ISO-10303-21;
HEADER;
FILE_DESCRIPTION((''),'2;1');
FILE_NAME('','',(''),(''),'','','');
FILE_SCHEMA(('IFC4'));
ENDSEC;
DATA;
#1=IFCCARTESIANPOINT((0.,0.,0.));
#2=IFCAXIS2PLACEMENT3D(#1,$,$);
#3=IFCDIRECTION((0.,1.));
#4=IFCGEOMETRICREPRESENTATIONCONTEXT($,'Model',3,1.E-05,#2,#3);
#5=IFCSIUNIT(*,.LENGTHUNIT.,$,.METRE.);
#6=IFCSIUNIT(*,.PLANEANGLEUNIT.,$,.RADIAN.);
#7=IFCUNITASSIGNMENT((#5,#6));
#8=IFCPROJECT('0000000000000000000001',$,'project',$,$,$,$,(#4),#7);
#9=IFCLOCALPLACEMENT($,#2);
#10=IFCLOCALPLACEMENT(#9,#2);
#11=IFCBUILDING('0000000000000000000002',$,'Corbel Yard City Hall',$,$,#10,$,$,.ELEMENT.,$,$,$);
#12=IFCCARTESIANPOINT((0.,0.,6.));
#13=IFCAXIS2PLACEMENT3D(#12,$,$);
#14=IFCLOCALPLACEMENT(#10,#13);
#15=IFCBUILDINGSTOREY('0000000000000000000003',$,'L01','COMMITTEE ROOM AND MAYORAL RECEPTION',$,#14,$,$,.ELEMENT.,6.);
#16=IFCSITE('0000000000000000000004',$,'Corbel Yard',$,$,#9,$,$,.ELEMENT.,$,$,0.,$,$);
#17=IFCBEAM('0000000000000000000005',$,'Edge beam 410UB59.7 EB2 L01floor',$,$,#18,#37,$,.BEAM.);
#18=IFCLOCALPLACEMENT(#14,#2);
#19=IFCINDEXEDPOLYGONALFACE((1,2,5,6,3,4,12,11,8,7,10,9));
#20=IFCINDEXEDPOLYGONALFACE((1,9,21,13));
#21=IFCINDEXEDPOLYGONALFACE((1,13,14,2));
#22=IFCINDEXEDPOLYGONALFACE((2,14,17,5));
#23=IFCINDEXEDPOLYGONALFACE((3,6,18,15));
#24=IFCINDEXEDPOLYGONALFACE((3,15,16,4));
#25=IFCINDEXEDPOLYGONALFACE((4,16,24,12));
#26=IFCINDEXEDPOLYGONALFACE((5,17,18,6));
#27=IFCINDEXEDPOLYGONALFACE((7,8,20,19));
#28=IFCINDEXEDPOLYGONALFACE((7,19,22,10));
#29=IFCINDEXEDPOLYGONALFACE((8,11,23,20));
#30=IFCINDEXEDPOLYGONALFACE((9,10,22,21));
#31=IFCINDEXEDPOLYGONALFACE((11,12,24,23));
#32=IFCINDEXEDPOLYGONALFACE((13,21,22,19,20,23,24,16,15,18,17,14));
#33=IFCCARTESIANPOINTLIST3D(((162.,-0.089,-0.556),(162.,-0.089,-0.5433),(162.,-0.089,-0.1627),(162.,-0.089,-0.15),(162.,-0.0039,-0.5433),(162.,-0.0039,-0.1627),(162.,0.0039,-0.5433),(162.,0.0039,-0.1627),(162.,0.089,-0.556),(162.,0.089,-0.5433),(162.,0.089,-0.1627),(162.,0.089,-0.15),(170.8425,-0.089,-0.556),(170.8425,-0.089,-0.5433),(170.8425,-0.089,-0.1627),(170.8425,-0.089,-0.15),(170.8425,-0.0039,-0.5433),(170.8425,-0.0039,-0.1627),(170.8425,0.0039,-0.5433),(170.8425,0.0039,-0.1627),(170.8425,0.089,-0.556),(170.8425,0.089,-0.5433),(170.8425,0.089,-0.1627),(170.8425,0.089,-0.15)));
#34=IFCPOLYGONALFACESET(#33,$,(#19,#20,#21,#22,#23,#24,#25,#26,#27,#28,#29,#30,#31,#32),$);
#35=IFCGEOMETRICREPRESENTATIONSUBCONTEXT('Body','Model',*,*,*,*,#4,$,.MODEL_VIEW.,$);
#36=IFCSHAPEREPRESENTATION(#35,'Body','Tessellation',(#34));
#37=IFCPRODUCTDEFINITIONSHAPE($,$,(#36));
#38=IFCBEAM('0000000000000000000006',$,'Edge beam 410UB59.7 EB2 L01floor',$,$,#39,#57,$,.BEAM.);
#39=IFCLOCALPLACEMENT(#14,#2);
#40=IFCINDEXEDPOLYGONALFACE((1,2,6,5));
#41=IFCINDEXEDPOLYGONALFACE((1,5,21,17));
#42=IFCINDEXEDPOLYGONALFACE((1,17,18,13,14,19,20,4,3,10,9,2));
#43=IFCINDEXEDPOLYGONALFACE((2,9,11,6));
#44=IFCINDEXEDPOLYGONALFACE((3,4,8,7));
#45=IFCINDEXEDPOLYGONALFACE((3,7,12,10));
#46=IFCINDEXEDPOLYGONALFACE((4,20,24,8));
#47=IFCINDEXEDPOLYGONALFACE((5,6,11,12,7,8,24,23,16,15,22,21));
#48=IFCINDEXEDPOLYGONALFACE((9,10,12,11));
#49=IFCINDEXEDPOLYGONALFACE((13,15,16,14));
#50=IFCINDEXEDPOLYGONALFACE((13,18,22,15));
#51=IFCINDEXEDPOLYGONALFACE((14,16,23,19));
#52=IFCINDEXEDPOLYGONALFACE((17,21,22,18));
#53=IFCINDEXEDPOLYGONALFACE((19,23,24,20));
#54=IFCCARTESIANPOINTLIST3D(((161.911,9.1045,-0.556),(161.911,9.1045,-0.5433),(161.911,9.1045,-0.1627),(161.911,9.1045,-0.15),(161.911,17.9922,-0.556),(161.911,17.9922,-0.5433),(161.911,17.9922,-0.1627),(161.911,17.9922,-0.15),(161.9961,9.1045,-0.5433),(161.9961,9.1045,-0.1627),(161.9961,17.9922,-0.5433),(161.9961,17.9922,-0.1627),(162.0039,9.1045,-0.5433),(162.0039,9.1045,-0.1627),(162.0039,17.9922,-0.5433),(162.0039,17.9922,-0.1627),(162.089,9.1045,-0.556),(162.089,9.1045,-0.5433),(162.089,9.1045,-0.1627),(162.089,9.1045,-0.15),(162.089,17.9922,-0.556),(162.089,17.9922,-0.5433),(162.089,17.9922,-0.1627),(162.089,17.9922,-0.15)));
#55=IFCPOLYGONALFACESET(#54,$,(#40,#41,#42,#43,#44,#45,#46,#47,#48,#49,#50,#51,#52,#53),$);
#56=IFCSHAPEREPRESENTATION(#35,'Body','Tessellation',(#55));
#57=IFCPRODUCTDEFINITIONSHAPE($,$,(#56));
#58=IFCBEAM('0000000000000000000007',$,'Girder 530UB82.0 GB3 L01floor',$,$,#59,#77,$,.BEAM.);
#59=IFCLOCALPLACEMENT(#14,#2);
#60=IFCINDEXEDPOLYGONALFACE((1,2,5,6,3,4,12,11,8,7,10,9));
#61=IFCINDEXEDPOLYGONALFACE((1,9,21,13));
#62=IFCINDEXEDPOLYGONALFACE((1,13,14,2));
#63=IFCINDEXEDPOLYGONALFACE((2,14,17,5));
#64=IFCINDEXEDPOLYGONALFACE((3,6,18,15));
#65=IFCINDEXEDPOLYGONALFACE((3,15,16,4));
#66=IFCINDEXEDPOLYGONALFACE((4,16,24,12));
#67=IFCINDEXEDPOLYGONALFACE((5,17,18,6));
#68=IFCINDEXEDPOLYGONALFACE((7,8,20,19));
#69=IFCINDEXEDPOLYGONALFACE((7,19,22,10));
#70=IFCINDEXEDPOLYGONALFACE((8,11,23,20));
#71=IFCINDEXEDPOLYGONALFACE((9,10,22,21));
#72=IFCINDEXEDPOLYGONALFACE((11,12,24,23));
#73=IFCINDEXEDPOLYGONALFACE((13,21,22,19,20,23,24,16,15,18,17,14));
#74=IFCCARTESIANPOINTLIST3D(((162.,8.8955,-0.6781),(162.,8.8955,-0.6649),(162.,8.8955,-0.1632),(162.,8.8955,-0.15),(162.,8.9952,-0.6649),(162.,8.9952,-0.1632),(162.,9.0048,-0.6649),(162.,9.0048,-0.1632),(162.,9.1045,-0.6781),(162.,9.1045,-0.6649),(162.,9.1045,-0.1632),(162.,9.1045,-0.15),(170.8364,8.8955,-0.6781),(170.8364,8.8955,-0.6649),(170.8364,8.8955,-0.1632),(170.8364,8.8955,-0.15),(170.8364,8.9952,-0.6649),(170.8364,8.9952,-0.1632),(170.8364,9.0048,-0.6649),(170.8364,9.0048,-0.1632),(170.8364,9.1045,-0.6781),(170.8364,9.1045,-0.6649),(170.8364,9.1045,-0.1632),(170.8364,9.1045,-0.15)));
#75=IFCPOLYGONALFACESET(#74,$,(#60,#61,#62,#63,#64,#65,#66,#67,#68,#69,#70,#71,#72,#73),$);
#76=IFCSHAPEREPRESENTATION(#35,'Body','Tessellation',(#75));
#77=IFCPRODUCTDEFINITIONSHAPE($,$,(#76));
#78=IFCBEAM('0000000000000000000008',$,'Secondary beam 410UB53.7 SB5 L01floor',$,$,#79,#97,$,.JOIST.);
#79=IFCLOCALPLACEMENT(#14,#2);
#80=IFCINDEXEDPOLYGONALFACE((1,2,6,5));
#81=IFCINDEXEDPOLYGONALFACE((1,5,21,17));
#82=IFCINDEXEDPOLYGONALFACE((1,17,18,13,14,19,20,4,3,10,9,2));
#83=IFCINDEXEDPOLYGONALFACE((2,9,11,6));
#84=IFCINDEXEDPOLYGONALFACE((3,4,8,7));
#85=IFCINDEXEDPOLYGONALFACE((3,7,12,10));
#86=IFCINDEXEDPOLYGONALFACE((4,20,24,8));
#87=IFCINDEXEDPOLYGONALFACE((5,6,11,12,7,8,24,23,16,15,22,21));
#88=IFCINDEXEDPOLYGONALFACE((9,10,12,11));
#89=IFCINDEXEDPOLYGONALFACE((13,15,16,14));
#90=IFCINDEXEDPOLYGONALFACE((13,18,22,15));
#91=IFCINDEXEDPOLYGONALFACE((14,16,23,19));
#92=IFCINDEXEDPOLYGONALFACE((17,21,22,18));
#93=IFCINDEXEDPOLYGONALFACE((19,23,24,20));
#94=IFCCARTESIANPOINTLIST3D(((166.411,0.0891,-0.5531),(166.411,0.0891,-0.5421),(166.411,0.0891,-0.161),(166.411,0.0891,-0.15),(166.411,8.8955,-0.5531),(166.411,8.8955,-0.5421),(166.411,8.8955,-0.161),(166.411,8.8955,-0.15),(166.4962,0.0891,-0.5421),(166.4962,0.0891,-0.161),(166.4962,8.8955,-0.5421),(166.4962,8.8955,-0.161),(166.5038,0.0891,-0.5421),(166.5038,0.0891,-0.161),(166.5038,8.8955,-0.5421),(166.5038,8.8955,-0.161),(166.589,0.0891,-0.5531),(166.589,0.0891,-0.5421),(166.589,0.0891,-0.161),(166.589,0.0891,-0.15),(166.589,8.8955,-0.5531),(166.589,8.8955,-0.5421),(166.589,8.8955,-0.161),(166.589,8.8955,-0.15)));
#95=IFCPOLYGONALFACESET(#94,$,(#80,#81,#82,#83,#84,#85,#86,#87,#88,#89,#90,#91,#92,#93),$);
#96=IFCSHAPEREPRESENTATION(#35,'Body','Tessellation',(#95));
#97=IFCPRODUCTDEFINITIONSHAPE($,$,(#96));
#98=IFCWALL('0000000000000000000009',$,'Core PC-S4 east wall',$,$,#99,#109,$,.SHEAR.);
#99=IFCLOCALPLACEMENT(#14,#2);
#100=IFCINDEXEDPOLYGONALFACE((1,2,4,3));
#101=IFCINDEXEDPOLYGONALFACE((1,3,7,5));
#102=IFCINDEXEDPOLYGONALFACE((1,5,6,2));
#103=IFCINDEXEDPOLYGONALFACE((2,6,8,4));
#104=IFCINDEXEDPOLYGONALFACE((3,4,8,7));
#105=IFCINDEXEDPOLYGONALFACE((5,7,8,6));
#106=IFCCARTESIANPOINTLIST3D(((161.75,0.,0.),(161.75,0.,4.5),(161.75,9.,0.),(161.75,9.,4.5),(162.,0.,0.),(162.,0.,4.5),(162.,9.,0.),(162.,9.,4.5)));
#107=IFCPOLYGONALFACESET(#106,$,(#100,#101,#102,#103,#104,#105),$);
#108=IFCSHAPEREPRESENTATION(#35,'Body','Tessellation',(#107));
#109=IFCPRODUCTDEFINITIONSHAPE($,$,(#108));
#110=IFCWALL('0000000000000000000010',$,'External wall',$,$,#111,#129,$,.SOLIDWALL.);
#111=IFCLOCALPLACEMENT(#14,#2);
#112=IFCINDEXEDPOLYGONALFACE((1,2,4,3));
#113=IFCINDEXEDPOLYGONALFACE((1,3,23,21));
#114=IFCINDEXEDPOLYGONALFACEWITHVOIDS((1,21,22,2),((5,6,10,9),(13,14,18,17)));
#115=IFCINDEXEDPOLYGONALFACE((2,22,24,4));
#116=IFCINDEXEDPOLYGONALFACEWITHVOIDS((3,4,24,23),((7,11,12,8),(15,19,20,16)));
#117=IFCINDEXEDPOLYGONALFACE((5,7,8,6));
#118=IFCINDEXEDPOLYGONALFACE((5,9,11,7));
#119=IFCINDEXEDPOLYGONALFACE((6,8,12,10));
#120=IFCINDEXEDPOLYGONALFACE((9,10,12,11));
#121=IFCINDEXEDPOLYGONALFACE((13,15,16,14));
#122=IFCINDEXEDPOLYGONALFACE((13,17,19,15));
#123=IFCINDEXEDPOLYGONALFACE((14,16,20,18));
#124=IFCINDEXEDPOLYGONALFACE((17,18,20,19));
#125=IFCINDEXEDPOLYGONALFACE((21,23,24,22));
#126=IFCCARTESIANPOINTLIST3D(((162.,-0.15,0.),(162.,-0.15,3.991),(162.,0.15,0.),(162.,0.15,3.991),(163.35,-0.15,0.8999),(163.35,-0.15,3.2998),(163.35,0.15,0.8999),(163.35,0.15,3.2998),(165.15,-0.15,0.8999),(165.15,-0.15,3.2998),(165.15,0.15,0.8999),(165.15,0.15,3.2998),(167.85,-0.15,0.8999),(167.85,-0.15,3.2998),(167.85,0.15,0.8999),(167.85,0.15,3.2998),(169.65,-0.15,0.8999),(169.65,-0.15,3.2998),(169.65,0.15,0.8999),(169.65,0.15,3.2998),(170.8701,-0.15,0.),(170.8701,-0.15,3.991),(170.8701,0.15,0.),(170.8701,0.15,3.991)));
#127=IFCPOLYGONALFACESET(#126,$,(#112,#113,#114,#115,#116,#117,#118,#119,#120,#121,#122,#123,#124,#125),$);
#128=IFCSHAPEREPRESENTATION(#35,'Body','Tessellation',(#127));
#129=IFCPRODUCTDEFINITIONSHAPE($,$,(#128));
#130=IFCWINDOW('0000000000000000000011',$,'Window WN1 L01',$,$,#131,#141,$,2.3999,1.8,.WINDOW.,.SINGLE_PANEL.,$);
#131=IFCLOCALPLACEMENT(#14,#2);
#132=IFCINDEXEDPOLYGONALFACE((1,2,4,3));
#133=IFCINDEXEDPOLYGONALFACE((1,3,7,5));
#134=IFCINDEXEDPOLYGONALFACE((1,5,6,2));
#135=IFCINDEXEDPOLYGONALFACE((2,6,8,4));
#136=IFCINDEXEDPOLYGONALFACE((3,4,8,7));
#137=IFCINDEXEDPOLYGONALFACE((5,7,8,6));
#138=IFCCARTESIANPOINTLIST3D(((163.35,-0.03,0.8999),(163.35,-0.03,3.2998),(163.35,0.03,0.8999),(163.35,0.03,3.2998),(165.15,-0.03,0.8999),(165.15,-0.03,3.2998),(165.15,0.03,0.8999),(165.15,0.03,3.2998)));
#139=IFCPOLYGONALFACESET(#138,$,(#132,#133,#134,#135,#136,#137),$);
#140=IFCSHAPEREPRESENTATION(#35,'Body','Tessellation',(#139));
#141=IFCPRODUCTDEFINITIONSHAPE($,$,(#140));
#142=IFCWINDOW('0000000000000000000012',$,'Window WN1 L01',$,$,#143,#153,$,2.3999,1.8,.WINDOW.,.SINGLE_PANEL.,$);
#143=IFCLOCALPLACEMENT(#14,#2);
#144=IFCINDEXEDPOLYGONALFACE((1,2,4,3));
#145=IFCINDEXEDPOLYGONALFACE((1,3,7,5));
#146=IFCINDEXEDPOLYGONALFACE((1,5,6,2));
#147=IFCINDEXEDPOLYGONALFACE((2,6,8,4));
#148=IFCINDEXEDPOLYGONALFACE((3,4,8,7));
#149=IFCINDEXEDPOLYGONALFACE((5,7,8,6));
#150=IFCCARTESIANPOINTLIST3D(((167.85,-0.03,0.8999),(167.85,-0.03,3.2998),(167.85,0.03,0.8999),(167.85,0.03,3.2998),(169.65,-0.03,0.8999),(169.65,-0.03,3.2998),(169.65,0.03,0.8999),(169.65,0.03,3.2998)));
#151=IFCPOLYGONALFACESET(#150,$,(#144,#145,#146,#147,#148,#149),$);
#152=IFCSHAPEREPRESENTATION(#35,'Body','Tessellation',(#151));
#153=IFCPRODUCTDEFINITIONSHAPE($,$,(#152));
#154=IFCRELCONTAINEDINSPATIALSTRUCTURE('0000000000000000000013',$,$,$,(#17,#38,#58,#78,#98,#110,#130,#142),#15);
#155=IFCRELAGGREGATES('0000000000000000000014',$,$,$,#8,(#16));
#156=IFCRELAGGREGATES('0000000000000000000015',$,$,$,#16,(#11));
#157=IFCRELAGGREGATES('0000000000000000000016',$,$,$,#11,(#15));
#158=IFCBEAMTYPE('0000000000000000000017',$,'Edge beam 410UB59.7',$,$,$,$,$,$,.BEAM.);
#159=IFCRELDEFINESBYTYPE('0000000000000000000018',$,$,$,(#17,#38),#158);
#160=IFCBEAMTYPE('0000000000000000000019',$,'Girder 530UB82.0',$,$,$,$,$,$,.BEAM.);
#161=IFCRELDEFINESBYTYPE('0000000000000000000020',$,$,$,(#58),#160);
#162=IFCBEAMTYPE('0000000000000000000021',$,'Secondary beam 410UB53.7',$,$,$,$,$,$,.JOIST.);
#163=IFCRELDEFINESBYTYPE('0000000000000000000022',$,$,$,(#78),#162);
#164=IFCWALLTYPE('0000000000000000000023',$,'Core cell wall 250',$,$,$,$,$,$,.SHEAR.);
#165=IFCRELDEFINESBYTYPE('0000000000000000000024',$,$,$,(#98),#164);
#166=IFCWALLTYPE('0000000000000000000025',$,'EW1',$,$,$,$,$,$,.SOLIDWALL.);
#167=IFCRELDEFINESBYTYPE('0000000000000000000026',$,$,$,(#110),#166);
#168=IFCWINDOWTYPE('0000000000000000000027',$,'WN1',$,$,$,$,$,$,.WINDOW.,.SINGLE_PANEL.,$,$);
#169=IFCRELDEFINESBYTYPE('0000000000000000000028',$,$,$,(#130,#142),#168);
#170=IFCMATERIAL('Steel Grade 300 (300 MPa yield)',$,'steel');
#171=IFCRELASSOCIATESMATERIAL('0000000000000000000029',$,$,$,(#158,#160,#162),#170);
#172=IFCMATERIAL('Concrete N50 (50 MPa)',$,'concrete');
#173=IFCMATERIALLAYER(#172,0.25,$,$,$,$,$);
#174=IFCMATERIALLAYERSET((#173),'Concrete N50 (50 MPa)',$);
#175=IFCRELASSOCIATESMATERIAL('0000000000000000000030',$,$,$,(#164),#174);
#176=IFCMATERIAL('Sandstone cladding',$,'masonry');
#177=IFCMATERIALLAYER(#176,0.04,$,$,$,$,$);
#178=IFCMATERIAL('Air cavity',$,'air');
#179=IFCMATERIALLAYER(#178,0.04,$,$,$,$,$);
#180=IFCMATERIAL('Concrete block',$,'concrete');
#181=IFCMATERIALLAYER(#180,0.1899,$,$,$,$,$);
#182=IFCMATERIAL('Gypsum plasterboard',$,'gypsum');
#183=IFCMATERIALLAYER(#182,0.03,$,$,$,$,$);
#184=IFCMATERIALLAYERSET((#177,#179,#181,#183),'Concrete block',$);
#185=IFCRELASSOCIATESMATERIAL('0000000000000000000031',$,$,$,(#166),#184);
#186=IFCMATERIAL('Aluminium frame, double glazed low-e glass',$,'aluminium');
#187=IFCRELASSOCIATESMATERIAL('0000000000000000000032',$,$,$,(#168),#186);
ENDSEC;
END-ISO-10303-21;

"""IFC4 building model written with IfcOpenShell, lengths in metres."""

from ifc_helpers import new_model, si_unit, direction, frame, frame_2d, origin, origin_2d, place, context, subcontext, project, spatial, rectangle, i_section, extrude, material, layer, layer_set, material_profile, profile_set, type_object, element, fill, save


model = new_model("IFC4")

# Units and contexts
model_context = context("Model", 3, precision=1e-05, world=origin(), true_north=direction((0.0, 1.0)))
body_context = subcontext(model_context, "Body", "Model", "MODEL_VIEW")
ifc_project = project(units=[si_unit("LENGTHUNIT", "METRE"), si_unit("PLANEANGLEUNIT", "RADIAN")], contexts=[model_context])

# Site, building, storey
site_placement = place(None, origin())
site = spatial("IfcSite", under=ifc_project, at=site_placement, Name="Corbel Yard", CompositionType="ELEMENT", RefElevation=0.0)
building_placement = place(site_placement, origin())
building = spatial("IfcBuilding", under=site, at=building_placement, Name="Corbel Yard City Hall", CompositionType="ELEMENT")
storey_placement = place(building_placement, frame((0.0, 0.0, 6.0)))
storey = spatial("IfcBuildingStorey", under=building, at=storey_placement, Name="L01", Description="COMMITTEE ROOM AND MAYORAL RECEPTION", CompositionType="ELEMENT", Elevation=6.0)

# Beams
ifc_material_1 = material(Name="Steel Grade 300 (300 MPa yield)", Category="steel")
ifc_material_profile_1 = material_profile(ifc_material_1, i_section(OverallWidth=0.178, OverallDepth=0.406, WebThickness=0.0078, FlangeThickness=0.0127, at=origin_2d()), Name="410UB59.7")
ifc_profile_set_1 = profile_set([ifc_material_profile_1], Name="Steel Grade 300 (300 MPa yield)")
beam_type_1 = type_object("IfcBeamType", Name="Edge beam 410UB59.7", PredefinedType="BEAM", material=ifc_profile_set_1)
beam_1_placement = place(storey_placement, frame((162.0, 0.0, -0.353), z_axis=(1.0, 0.0, 0.0), x_axis=(0.0, 1.0, 0.0)))
element("IfcBeam", 1, at=beam_1_placement, inside=storey, type_object=beam_type_1, Name="Edge beam 410UB59.7 EB2 L01floor", PredefinedType="BEAM", context=body_context, shape_type="SweptSolid", body=[
    extrude(i_section(OverallWidth=0.178, OverallDepth=0.406, WebThickness=0.0078, FlangeThickness=0.0127, at=origin_2d()), origin(), (0.0, 0.0, 1.0), 8.8425),
])
beam_2_placement = place(storey_placement, frame((162.0, 9.1045, -0.353), z_axis=(0.0, 1.0, 0.0), x_axis=(-1.0, 0.0, 0.0)))
element("IfcBeam", 2, at=beam_2_placement, inside=storey, type_object=beam_type_1, Name="Edge beam 410UB59.7 EB2 L01floor", PredefinedType="BEAM", context=body_context, shape_type="SweptSolid", body=[
    extrude(i_section(OverallWidth=0.178, OverallDepth=0.406, WebThickness=0.0078, FlangeThickness=0.0127, at=origin_2d()), origin(), (0.0, 0.0, 1.0), 8.8877),
])
ifc_material_profile_2 = material_profile(ifc_material_1, i_section(OverallWidth=0.209, OverallDepth=0.5281, WebThickness=0.0095, FlangeThickness=0.0132, at=origin_2d()), Name="530UB82.0")
ifc_profile_set_2 = profile_set([ifc_material_profile_2], Name="Steel Grade 300 (300 MPa yield)")
beam_type_2 = type_object("IfcBeamType", Name="Girder 530UB82.0", PredefinedType="BEAM", material=ifc_profile_set_2)
beam_3_placement = place(storey_placement, frame((162.0, 9.0, -0.4141), z_axis=(1.0, 0.0, 0.0), x_axis=(0.0, 1.0, 0.0)))
element("IfcBeam", 3, at=beam_3_placement, inside=storey, type_object=beam_type_2, Name="Girder 530UB82.0 GB3 L01floor", PredefinedType="BEAM", context=body_context, shape_type="SweptSolid", body=[
    extrude(i_section(OverallWidth=0.209, OverallDepth=0.5281, WebThickness=0.0095, FlangeThickness=0.0132, at=origin_2d()), origin(), (0.0, 0.0, 1.0), 8.8364),
])
ifc_material_profile_3 = material_profile(ifc_material_1, i_section(OverallWidth=0.178, OverallDepth=0.4031, WebThickness=0.0076, FlangeThickness=0.011, at=origin_2d()), Name="410UB53.7")
ifc_profile_set_3 = profile_set([ifc_material_profile_3], Name="Steel Grade 300 (300 MPa yield)")
beam_type_3 = type_object("IfcBeamType", Name="Secondary beam 410UB53.7", PredefinedType="JOIST", material=ifc_profile_set_3)
beam_4_placement = place(storey_placement, frame((166.5, 0.0891, -0.3516), z_axis=(0.0, 1.0, 0.0), x_axis=(-1.0, 0.0, 0.0)))
element("IfcBeam", 4, at=beam_4_placement, inside=storey, type_object=beam_type_3, Name="Secondary beam 410UB53.7 SB5 L01floor", PredefinedType="JOIST", context=body_context, shape_type="SweptSolid", body=[
    extrude(i_section(OverallWidth=0.178, OverallDepth=0.4031, WebThickness=0.0076, FlangeThickness=0.011, at=origin_2d()), origin(), (0.0, 0.0, 1.0), 8.8064),
])

# Wall
ifc_material_2 = material(Name="Concrete N50 (50 MPa)", Category="concrete")
ifc_layer_1 = layer(ifc_material_2, 0.25)
ifc_layer_set_1 = layer_set([ifc_layer_1], Name="Concrete N50 (50 MPa)")
wall_type_1 = type_object("IfcWallType", Name="Core cell wall 250", PredefinedType="SHEAR", material=ifc_layer_set_1)
wall_1_placement = place(storey_placement, frame((161.875, 0.0, 0.0), z_axis=(0.0, 0.0, 1.0), x_axis=(0.0, 1.0, 0.0)))
element("IfcWall", 5, at=wall_1_placement, inside=storey, type_object=wall_type_1, Name="Core PC-S4 east wall", PredefinedType="SHEAR", context=body_context, shape_type="SweptSolid", body=[
    extrude(rectangle(XDim=9.0, YDim=0.25, at=frame_2d((4.5, 0.0))), origin(), (0.0, 0.0, 1.0), 4.5),
])

# Wall, openings, windows
ifc_material_3 = material(Name="Sandstone cladding", Category="masonry")
ifc_layer_2 = layer(ifc_material_3, 0.04)
ifc_material_4 = material(Name="Air cavity", Category="air")
ifc_layer_3 = layer(ifc_material_4, 0.04)
ifc_material_5 = material(Name="Concrete block", Category="concrete")
ifc_layer_4 = layer(ifc_material_5, 0.1899)
ifc_material_6 = material(Name="Gypsum plasterboard", Category="gypsum")
ifc_layer_5 = layer(ifc_material_6, 0.03)
ifc_layer_set_2 = layer_set([ifc_layer_2, ifc_layer_3, ifc_layer_4, ifc_layer_5], Name="Concrete block")
wall_type_2 = type_object("IfcWallType", Name="EW1", PredefinedType="SOLIDWALL", material=ifc_layer_set_2)
wall_2_placement = place(storey_placement, frame((162.0, 0.0, 0.0), z_axis=(0.0, 0.0, 1.0), x_axis=(1.0, 0.0, 0.0)))
wall_2 = element("IfcWall", 6, at=wall_2_placement, inside=storey, type_object=wall_type_2, Name="External wall", PredefinedType="SOLIDWALL", context=body_context, shape_type="SweptSolid", body=[
    extrude(rectangle(XDim=8.8701, YDim=0.3, at=frame_2d((4.4351, 0.0))), origin(), (0.0, 0.0, 1.0), 3.991),
])
opening_1_placement = place(wall_2_placement, frame((1.3501, 0.0, 0.8999)))
opening_1 = element("IfcOpeningElement", 7, at=opening_1_placement, cuts=wall_2, PredefinedType="OPENING", context=body_context, shape_type="SweptSolid", body=[
    extrude(rectangle(XDim=1.8, YDim=2.3999, at=frame_2d((0.8999, 1.2))), frame((0.0, 0.1599, 0.0), z_axis=(0.0, -1.0, 0.0), x_axis=(1.0, 0.0, 0.0)), (0.0, 0.0, 1.0), 0.3201),
])
opening_2_placement = place(wall_2_placement, frame((5.8501, 0.0, 0.8999)))
opening_2 = element("IfcOpeningElement", 8, at=opening_2_placement, cuts=wall_2, PredefinedType="OPENING", context=body_context, shape_type="SweptSolid", body=[
    extrude(rectangle(XDim=1.8, YDim=2.3999, at=frame_2d((0.8999, 1.2))), frame((0.0, 0.1599, 0.0), z_axis=(0.0, -1.0, 0.0), x_axis=(1.0, 0.0, 0.0)), (0.0, 0.0, 1.0), 0.3201),
])
ifc_material_7 = material(Name="Aluminium frame, double glazed low-e glass", Category="aluminium")
window_type = type_object("IfcWindowType", Name="WN1", PartitioningType="SINGLE_PANEL", PredefinedType="WINDOW", material=ifc_material_7)
window_1_placement = place(opening_1_placement, origin())
window_1 = element("IfcWindow", 9, at=window_1_placement, inside=storey, type_object=window_type, Name="Window WN1 L01", OverallHeight=2.3999, OverallWidth=1.8, PartitioningType="SINGLE_PANEL", PredefinedType="WINDOW", context=body_context, shape_type="SweptSolid", body=[
    extrude(rectangle(XDim=1.8, YDim=2.3999, at=frame_2d((0.8999, 1.2))), frame((0.0, 0.03, 0.0), z_axis=(0.0, -1.0, 0.0), x_axis=(1.0, 0.0, 0.0)), (0.0, 0.0, 1.0), 0.0601),
])
fill(opening_1, window_1)
window_2_placement = place(opening_2_placement, origin())
window_2 = element("IfcWindow", 10, at=window_2_placement, inside=storey, type_object=window_type, Name="Window WN1 L01", OverallHeight=2.3999, OverallWidth=1.8, PartitioningType="SINGLE_PANEL", PredefinedType="WINDOW", context=body_context, shape_type="SweptSolid", body=[
    extrude(rectangle(XDim=1.8, YDim=2.3999, at=frame_2d((0.8999, 1.2))), frame((0.0, 0.03, 0.0), z_axis=(0.0, -1.0, 0.0), x_axis=(1.0, 0.0, 0.0)), (0.0, 0.0, 1.0), 0.0601),
])
fill(opening_2, window_2)

save(model, "model.ifc")
